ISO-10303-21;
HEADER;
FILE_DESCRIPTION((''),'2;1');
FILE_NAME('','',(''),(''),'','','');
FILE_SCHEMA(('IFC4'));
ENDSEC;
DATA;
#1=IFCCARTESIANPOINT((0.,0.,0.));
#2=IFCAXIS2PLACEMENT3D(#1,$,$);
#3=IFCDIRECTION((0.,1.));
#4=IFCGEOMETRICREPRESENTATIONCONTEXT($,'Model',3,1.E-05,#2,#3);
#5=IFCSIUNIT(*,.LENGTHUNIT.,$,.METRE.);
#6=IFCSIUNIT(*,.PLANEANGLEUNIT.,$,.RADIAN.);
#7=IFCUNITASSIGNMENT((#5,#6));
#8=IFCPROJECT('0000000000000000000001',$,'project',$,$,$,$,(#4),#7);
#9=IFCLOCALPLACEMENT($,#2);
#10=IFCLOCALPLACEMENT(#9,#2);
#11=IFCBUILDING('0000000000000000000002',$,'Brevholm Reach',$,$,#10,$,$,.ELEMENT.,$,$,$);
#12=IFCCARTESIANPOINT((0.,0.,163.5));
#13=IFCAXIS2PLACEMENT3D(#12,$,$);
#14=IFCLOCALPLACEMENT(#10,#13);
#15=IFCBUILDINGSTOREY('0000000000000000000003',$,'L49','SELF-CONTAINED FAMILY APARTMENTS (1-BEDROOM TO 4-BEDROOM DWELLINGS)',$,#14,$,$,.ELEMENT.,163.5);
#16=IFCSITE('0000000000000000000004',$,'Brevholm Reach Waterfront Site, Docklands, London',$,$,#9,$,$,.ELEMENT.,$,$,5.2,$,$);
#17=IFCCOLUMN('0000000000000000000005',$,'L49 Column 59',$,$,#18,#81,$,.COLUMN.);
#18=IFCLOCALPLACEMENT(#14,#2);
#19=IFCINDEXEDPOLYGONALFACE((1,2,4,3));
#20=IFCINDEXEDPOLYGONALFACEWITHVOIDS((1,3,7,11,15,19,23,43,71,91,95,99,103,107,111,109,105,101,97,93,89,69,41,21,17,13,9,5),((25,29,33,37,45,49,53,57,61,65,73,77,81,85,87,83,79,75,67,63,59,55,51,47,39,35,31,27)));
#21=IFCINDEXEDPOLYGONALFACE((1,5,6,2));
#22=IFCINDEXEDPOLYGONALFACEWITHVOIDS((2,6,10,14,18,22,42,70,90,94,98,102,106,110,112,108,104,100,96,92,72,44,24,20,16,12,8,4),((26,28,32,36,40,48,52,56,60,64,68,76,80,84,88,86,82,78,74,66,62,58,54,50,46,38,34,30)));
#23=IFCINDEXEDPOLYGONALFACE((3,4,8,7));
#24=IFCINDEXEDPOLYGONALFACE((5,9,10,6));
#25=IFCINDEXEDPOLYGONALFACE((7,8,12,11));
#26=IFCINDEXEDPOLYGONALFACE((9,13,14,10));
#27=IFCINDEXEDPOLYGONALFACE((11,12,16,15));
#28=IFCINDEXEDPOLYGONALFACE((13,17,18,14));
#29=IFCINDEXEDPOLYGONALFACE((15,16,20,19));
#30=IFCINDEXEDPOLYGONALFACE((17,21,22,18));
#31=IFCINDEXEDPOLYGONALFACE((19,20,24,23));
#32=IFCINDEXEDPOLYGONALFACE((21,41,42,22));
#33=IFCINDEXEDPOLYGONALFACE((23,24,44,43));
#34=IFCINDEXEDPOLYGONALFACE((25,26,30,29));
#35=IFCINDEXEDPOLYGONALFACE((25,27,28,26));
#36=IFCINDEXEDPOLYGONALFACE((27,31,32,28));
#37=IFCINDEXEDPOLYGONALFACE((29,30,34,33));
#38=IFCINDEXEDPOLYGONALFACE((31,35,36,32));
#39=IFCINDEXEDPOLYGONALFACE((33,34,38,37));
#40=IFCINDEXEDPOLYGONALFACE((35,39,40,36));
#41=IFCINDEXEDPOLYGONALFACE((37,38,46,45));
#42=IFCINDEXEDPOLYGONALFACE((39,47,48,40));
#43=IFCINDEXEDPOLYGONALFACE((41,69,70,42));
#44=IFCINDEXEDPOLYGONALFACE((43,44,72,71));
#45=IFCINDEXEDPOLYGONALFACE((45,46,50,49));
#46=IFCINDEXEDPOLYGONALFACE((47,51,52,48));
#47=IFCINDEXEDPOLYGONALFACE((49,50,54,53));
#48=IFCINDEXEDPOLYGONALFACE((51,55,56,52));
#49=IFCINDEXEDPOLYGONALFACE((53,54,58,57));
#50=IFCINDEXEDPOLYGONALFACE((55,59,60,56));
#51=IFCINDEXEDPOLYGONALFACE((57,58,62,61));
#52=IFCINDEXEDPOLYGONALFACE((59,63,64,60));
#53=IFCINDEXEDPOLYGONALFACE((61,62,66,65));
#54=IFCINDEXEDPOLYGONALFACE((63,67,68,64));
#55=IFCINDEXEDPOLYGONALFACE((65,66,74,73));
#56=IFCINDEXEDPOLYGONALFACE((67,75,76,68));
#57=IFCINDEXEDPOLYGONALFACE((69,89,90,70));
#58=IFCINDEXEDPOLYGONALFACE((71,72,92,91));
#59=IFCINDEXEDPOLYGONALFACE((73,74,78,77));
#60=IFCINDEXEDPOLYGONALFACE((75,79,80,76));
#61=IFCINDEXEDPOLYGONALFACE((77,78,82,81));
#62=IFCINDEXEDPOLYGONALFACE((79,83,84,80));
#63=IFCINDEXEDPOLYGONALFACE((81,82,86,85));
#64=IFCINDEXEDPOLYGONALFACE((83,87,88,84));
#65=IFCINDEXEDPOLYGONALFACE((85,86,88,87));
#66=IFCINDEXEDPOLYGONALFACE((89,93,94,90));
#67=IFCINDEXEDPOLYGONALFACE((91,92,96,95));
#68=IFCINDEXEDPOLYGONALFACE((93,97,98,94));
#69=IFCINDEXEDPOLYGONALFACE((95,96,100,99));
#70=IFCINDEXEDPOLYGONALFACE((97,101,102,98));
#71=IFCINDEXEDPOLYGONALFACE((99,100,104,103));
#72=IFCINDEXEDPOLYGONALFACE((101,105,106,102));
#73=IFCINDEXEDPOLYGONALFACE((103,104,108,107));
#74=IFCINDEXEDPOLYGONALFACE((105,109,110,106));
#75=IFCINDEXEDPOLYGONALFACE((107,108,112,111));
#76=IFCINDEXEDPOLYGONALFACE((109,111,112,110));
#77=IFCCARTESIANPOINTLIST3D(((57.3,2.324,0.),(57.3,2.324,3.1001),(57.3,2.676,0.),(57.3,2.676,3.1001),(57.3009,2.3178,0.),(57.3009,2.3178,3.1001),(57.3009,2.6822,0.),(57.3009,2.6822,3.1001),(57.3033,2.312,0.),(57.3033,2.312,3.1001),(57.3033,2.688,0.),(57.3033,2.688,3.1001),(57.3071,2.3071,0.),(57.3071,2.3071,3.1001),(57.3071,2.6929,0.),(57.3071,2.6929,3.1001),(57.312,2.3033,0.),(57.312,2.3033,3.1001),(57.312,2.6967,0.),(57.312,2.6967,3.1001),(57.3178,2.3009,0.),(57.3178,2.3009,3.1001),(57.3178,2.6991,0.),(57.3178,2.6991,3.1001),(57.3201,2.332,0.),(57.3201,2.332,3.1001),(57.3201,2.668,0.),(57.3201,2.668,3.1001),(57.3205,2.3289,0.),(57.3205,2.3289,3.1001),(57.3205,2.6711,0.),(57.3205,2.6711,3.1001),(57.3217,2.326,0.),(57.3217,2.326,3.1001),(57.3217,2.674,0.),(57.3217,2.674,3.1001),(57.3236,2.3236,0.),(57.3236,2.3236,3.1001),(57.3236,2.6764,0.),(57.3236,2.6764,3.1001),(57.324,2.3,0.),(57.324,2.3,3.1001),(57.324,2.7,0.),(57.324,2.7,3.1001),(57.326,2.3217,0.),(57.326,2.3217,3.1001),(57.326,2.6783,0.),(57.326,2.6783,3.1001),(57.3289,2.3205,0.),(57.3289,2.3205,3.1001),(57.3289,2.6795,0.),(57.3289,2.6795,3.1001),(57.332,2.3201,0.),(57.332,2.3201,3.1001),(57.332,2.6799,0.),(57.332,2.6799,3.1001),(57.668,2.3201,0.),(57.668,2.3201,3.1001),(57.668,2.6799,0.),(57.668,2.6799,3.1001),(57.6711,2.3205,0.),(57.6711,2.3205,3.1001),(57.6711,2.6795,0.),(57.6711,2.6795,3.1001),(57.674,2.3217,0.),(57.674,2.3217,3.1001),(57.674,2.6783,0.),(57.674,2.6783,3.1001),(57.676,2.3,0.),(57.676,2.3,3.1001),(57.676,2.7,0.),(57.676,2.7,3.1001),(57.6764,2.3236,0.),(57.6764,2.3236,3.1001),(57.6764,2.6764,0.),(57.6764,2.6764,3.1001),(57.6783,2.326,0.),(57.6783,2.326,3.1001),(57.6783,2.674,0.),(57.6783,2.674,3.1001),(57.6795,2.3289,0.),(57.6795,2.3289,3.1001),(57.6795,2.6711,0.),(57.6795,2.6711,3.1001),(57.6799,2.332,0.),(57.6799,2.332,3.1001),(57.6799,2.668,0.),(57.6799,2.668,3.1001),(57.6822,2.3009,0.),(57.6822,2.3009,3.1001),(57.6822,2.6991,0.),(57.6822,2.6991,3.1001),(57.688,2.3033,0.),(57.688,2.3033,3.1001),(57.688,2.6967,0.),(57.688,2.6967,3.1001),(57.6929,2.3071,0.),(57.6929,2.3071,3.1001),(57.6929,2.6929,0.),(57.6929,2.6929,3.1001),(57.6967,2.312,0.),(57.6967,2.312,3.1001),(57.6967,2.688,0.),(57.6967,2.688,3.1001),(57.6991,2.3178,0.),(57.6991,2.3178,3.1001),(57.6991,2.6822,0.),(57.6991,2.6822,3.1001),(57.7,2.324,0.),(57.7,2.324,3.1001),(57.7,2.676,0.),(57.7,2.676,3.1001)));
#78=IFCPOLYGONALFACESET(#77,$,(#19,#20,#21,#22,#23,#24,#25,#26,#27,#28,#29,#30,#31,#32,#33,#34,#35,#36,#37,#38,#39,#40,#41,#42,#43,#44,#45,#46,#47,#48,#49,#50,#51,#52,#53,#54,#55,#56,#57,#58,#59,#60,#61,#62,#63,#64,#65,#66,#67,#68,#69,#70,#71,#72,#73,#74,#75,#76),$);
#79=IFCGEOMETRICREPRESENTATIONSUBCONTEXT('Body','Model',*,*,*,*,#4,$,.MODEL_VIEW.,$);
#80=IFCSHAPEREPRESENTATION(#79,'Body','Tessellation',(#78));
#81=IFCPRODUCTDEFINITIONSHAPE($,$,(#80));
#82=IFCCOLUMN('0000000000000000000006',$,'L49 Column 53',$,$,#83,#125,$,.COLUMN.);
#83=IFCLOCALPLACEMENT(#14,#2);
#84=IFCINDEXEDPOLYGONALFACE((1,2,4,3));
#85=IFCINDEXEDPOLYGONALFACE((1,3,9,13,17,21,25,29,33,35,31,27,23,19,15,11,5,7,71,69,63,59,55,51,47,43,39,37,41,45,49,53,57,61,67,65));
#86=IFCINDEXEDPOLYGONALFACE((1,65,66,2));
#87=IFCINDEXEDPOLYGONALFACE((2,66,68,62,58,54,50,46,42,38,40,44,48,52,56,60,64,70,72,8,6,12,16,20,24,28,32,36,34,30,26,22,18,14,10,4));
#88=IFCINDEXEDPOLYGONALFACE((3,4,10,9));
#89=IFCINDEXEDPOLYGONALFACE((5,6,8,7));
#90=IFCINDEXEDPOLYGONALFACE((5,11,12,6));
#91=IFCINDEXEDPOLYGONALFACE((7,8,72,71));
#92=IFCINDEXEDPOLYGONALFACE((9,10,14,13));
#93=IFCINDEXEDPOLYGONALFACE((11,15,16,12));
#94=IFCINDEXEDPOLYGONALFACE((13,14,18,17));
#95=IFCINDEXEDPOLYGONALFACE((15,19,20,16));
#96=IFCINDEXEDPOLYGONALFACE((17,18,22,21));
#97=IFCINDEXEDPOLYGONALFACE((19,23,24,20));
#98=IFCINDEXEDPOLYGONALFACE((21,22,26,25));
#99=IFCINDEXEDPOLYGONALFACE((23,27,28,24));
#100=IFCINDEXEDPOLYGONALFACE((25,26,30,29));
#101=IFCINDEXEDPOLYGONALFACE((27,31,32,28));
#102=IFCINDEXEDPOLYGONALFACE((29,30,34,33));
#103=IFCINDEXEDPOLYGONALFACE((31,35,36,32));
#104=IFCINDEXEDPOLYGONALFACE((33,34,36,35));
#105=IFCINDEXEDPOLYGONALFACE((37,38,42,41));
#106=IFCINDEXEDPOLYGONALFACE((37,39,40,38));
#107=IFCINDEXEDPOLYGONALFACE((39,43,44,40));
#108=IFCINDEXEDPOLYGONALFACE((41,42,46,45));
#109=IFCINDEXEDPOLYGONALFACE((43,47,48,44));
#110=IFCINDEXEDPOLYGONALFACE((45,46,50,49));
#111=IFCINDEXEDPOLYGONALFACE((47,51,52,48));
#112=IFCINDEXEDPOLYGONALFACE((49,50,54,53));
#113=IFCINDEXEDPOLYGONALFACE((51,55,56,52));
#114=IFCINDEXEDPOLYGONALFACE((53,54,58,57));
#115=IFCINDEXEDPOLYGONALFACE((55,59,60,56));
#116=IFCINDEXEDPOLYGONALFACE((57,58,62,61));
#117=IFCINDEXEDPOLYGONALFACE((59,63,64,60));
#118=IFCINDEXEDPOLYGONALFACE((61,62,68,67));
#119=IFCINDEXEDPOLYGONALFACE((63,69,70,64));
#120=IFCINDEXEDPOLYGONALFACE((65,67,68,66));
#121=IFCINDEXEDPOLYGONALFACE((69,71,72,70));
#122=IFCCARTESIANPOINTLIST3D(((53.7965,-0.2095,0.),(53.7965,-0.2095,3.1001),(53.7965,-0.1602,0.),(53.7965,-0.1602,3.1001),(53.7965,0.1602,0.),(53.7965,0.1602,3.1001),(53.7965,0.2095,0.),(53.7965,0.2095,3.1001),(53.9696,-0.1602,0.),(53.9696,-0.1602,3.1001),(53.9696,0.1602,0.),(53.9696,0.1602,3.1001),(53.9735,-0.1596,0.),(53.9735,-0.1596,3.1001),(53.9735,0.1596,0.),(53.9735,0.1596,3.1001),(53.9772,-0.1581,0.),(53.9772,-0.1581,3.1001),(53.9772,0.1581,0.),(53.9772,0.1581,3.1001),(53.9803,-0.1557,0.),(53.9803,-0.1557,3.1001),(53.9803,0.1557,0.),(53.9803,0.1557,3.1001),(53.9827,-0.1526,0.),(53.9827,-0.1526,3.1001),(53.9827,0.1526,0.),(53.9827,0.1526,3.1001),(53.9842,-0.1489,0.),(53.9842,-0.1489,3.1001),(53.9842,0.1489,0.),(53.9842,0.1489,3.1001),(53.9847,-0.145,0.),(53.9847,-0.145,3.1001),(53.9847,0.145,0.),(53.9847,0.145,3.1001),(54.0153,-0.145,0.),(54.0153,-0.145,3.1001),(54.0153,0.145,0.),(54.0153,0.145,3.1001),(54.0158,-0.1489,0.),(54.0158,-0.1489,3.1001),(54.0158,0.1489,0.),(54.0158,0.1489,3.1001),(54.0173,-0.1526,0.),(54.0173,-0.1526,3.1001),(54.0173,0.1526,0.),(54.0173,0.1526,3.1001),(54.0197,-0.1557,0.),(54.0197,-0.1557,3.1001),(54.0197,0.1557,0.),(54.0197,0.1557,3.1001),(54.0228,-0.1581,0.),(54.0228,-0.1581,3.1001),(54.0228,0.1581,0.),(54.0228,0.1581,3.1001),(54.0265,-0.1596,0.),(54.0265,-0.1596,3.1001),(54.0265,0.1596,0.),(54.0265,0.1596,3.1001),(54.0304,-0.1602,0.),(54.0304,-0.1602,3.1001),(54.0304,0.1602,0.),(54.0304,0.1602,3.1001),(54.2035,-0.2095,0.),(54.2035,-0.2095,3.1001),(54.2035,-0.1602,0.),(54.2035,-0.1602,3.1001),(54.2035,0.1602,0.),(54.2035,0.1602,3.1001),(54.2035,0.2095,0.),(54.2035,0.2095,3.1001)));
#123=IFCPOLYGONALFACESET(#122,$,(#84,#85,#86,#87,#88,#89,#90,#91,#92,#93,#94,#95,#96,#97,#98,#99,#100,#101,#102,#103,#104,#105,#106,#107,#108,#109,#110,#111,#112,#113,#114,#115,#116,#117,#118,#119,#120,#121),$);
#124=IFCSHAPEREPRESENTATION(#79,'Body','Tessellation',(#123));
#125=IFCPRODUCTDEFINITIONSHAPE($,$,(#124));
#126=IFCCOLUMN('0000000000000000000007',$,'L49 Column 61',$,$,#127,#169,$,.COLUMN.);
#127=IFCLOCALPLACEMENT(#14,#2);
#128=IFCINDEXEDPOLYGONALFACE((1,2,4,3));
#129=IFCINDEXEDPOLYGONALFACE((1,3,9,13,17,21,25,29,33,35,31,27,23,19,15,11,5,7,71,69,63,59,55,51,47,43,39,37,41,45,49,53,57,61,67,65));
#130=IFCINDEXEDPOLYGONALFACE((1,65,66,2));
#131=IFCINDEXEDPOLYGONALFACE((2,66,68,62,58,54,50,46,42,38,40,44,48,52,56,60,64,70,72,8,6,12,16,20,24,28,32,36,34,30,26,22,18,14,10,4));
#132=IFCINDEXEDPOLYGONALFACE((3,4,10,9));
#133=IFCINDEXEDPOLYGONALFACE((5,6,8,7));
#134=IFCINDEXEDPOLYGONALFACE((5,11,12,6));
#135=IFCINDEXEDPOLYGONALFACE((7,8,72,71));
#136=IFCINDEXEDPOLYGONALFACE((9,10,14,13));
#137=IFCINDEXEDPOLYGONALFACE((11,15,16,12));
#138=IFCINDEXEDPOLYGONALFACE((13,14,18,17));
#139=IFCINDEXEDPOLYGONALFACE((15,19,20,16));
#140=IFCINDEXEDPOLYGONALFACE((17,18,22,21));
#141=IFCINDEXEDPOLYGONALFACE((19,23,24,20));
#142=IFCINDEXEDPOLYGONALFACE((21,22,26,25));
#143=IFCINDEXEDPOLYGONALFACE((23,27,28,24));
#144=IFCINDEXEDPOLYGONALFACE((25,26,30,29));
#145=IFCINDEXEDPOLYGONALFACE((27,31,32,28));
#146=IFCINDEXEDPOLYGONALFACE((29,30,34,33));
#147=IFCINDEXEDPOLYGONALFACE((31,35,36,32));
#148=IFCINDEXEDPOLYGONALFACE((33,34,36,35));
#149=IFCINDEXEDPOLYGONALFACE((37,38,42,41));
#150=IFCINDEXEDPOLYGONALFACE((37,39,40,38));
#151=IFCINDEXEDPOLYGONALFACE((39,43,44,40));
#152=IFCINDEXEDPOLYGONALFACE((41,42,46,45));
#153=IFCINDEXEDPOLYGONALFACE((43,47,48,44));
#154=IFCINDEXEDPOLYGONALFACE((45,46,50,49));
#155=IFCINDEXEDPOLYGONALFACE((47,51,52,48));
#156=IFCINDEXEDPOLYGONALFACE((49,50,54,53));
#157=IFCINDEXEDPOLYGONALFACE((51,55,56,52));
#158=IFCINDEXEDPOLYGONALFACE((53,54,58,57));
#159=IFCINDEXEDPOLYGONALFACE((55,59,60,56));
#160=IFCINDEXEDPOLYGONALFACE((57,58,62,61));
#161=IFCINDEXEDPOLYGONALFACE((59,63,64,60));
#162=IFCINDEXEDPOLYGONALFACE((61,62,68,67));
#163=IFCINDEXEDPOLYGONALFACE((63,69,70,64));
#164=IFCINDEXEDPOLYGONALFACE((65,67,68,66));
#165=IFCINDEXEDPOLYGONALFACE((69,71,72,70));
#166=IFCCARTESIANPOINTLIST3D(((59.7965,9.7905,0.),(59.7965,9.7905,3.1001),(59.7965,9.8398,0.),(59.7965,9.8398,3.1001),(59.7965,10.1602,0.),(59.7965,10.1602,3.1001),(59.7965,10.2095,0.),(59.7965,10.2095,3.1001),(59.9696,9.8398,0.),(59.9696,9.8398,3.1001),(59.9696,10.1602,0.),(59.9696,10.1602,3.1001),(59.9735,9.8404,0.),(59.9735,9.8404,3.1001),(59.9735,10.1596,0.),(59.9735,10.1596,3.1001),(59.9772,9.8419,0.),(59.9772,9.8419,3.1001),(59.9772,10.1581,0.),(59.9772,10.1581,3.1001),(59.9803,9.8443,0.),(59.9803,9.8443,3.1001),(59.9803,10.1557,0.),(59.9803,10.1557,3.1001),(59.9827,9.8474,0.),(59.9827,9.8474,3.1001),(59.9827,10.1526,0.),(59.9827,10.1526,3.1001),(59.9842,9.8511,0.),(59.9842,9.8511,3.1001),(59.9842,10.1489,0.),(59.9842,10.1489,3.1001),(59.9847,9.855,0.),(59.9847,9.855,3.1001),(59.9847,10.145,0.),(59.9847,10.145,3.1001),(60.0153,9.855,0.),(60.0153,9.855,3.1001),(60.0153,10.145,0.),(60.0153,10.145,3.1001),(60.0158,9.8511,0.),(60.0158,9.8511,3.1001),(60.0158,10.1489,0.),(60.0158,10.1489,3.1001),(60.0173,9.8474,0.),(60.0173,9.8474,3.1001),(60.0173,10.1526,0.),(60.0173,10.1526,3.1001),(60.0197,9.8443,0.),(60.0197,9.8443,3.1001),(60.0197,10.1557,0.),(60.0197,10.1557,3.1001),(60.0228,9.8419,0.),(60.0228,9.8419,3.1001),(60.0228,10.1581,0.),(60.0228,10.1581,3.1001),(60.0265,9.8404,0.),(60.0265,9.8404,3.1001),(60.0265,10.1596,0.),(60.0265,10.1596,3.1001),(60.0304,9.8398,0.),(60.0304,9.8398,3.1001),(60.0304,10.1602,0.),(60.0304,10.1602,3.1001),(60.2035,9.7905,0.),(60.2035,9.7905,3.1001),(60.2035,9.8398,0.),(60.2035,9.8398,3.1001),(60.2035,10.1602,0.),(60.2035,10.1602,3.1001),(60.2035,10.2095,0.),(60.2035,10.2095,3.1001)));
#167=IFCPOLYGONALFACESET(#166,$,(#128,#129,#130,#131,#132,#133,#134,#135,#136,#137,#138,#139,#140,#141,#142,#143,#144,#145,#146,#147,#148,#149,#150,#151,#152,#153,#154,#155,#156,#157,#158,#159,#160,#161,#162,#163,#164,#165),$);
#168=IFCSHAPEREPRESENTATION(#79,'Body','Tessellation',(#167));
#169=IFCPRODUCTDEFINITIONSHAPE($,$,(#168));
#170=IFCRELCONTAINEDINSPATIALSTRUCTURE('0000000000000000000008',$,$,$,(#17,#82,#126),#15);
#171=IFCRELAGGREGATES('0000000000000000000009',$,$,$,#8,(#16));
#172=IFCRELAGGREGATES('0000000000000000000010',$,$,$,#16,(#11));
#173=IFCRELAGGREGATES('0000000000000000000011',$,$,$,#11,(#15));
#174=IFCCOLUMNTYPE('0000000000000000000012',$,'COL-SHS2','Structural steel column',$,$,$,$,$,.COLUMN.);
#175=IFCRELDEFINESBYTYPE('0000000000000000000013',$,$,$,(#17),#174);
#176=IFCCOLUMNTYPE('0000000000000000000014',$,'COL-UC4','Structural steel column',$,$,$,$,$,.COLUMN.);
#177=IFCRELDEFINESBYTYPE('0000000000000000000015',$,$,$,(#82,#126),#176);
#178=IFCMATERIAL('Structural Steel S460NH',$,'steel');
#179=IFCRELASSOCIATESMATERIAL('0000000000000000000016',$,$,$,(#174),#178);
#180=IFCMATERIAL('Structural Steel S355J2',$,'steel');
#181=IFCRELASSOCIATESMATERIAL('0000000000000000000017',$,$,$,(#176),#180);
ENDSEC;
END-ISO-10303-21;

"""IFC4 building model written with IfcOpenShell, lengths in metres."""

from ifc_helpers import new_model, si_unit, direction, frame, origin, origin_2d, place, context, subcontext, project, spatial, hollow_rectangle, i_section, extrude, material, material_profile, profile_set, type_object, element, save


model = new_model("IFC4")

# Units and contexts
model_context = context("Model", 3, precision=1e-05, world=origin(), true_north=direction((0.0, 1.0)))
body_context = subcontext(model_context, "Body", "Model", "MODEL_VIEW")
ifc_project = project(units=[si_unit("LENGTHUNIT", "METRE"), si_unit("PLANEANGLEUNIT", "RADIAN")], contexts=[model_context])

# Site, building, storey
site_placement = place(None, origin())
site = spatial("IfcSite", under=ifc_project, at=site_placement, Name="Brevholm Reach Waterfront Site, Docklands, London", CompositionType="ELEMENT", RefElevation=5.2)
building_placement = place(site_placement, origin())
building = spatial("IfcBuilding", under=site, at=building_placement, Name="Brevholm Reach", CompositionType="ELEMENT")
storey_placement = place(building_placement, frame((0.0, 0.0, 163.5)))
storey = spatial("IfcBuildingStorey", under=building, at=storey_placement, Name="L49", Description="SELF-CONTAINED FAMILY APARTMENTS (1-BEDROOM TO 4-BEDROOM DWELLINGS)", CompositionType="ELEMENT", Elevation=163.5)

# Columns
ifc_material_1 = material(Name="Structural Steel S460NH", Category="steel")
ifc_material_profile_1 = material_profile(ifc_material_1, hollow_rectangle(XDim=0.3999, YDim=0.3999, WallThickness=0.02, InnerFilletRadius=0.012, OuterFilletRadius=0.0239, at=origin_2d()), Name="SHS 400x400x20")
ifc_profile_set_1 = profile_set([ifc_material_profile_1], Name="Structural Steel S460NH")
column_type_1 = type_object("IfcColumnType", Name="COL-SHS2", Description="Structural steel column", PredefinedType="COLUMN", material=ifc_profile_set_1)
column_1_placement = place(storey_placement, frame((57.5, 2.5, 0.0), z_axis=(0.0, 0.0, 1.0), x_axis=(1.0, 0.0, 0.0)))
element("IfcColumn", 1, at=column_1_placement, inside=storey, type_object=column_type_1, Name="L49 Column 59", PredefinedType="COLUMN", context=body_context, shape_type="SweptSolid", body=[
    extrude(hollow_rectangle(XDim=0.3999, YDim=0.3999, WallThickness=0.02, InnerFilletRadius=0.012, OuterFilletRadius=0.0239, at=origin_2d()), origin(), (0.0, 0.0, 1.0), 3.1001),
])
ifc_material_2 = material(Name="Structural Steel S355J2", Category="steel")
ifc_material_profile_2 = material_profile(ifc_material_2, i_section(OverallWidth=0.407, OverallDepth=0.4189, WebThickness=0.0305, FlangeThickness=0.0493, FilletRadius=0.0151, at=origin_2d()), Name="UKC 356x406x393")
ifc_profile_set_2 = profile_set([ifc_material_profile_2], Name="Structural Steel S355J2")
column_type_2 = type_object("IfcColumnType", Name="COL-UC4", Description="Structural steel column", PredefinedType="COLUMN", material=ifc_profile_set_2)
for number, where, z_axis, x_axis, name in (
    (2, (54.0, 0.0, 0.0), (0.0, 0.0, 1.0), (1.0, 0.0, 0.0), "L49 Column 53"),
    (3, (60.0, 10.0, 0.0), (0.0, 0.0, 1.0), (1.0, 0.0, 0.0), "L49 Column 61"),
):
    element("IfcColumn", number, at=place(storey_placement, frame(where, z_axis=z_axis, x_axis=x_axis)), inside=storey, type_object=column_type_2, Name=name, PredefinedType="COLUMN", context=body_context, shape_type="SweptSolid", body=[
        extrude(i_section(OverallWidth=0.407, OverallDepth=0.4189, WebThickness=0.0305, FlangeThickness=0.0493, FilletRadius=0.0151, at=origin_2d()), origin(), (0.0, 0.0, 1.0), 3.1001),
    ])

save(model, "model.ifc")
